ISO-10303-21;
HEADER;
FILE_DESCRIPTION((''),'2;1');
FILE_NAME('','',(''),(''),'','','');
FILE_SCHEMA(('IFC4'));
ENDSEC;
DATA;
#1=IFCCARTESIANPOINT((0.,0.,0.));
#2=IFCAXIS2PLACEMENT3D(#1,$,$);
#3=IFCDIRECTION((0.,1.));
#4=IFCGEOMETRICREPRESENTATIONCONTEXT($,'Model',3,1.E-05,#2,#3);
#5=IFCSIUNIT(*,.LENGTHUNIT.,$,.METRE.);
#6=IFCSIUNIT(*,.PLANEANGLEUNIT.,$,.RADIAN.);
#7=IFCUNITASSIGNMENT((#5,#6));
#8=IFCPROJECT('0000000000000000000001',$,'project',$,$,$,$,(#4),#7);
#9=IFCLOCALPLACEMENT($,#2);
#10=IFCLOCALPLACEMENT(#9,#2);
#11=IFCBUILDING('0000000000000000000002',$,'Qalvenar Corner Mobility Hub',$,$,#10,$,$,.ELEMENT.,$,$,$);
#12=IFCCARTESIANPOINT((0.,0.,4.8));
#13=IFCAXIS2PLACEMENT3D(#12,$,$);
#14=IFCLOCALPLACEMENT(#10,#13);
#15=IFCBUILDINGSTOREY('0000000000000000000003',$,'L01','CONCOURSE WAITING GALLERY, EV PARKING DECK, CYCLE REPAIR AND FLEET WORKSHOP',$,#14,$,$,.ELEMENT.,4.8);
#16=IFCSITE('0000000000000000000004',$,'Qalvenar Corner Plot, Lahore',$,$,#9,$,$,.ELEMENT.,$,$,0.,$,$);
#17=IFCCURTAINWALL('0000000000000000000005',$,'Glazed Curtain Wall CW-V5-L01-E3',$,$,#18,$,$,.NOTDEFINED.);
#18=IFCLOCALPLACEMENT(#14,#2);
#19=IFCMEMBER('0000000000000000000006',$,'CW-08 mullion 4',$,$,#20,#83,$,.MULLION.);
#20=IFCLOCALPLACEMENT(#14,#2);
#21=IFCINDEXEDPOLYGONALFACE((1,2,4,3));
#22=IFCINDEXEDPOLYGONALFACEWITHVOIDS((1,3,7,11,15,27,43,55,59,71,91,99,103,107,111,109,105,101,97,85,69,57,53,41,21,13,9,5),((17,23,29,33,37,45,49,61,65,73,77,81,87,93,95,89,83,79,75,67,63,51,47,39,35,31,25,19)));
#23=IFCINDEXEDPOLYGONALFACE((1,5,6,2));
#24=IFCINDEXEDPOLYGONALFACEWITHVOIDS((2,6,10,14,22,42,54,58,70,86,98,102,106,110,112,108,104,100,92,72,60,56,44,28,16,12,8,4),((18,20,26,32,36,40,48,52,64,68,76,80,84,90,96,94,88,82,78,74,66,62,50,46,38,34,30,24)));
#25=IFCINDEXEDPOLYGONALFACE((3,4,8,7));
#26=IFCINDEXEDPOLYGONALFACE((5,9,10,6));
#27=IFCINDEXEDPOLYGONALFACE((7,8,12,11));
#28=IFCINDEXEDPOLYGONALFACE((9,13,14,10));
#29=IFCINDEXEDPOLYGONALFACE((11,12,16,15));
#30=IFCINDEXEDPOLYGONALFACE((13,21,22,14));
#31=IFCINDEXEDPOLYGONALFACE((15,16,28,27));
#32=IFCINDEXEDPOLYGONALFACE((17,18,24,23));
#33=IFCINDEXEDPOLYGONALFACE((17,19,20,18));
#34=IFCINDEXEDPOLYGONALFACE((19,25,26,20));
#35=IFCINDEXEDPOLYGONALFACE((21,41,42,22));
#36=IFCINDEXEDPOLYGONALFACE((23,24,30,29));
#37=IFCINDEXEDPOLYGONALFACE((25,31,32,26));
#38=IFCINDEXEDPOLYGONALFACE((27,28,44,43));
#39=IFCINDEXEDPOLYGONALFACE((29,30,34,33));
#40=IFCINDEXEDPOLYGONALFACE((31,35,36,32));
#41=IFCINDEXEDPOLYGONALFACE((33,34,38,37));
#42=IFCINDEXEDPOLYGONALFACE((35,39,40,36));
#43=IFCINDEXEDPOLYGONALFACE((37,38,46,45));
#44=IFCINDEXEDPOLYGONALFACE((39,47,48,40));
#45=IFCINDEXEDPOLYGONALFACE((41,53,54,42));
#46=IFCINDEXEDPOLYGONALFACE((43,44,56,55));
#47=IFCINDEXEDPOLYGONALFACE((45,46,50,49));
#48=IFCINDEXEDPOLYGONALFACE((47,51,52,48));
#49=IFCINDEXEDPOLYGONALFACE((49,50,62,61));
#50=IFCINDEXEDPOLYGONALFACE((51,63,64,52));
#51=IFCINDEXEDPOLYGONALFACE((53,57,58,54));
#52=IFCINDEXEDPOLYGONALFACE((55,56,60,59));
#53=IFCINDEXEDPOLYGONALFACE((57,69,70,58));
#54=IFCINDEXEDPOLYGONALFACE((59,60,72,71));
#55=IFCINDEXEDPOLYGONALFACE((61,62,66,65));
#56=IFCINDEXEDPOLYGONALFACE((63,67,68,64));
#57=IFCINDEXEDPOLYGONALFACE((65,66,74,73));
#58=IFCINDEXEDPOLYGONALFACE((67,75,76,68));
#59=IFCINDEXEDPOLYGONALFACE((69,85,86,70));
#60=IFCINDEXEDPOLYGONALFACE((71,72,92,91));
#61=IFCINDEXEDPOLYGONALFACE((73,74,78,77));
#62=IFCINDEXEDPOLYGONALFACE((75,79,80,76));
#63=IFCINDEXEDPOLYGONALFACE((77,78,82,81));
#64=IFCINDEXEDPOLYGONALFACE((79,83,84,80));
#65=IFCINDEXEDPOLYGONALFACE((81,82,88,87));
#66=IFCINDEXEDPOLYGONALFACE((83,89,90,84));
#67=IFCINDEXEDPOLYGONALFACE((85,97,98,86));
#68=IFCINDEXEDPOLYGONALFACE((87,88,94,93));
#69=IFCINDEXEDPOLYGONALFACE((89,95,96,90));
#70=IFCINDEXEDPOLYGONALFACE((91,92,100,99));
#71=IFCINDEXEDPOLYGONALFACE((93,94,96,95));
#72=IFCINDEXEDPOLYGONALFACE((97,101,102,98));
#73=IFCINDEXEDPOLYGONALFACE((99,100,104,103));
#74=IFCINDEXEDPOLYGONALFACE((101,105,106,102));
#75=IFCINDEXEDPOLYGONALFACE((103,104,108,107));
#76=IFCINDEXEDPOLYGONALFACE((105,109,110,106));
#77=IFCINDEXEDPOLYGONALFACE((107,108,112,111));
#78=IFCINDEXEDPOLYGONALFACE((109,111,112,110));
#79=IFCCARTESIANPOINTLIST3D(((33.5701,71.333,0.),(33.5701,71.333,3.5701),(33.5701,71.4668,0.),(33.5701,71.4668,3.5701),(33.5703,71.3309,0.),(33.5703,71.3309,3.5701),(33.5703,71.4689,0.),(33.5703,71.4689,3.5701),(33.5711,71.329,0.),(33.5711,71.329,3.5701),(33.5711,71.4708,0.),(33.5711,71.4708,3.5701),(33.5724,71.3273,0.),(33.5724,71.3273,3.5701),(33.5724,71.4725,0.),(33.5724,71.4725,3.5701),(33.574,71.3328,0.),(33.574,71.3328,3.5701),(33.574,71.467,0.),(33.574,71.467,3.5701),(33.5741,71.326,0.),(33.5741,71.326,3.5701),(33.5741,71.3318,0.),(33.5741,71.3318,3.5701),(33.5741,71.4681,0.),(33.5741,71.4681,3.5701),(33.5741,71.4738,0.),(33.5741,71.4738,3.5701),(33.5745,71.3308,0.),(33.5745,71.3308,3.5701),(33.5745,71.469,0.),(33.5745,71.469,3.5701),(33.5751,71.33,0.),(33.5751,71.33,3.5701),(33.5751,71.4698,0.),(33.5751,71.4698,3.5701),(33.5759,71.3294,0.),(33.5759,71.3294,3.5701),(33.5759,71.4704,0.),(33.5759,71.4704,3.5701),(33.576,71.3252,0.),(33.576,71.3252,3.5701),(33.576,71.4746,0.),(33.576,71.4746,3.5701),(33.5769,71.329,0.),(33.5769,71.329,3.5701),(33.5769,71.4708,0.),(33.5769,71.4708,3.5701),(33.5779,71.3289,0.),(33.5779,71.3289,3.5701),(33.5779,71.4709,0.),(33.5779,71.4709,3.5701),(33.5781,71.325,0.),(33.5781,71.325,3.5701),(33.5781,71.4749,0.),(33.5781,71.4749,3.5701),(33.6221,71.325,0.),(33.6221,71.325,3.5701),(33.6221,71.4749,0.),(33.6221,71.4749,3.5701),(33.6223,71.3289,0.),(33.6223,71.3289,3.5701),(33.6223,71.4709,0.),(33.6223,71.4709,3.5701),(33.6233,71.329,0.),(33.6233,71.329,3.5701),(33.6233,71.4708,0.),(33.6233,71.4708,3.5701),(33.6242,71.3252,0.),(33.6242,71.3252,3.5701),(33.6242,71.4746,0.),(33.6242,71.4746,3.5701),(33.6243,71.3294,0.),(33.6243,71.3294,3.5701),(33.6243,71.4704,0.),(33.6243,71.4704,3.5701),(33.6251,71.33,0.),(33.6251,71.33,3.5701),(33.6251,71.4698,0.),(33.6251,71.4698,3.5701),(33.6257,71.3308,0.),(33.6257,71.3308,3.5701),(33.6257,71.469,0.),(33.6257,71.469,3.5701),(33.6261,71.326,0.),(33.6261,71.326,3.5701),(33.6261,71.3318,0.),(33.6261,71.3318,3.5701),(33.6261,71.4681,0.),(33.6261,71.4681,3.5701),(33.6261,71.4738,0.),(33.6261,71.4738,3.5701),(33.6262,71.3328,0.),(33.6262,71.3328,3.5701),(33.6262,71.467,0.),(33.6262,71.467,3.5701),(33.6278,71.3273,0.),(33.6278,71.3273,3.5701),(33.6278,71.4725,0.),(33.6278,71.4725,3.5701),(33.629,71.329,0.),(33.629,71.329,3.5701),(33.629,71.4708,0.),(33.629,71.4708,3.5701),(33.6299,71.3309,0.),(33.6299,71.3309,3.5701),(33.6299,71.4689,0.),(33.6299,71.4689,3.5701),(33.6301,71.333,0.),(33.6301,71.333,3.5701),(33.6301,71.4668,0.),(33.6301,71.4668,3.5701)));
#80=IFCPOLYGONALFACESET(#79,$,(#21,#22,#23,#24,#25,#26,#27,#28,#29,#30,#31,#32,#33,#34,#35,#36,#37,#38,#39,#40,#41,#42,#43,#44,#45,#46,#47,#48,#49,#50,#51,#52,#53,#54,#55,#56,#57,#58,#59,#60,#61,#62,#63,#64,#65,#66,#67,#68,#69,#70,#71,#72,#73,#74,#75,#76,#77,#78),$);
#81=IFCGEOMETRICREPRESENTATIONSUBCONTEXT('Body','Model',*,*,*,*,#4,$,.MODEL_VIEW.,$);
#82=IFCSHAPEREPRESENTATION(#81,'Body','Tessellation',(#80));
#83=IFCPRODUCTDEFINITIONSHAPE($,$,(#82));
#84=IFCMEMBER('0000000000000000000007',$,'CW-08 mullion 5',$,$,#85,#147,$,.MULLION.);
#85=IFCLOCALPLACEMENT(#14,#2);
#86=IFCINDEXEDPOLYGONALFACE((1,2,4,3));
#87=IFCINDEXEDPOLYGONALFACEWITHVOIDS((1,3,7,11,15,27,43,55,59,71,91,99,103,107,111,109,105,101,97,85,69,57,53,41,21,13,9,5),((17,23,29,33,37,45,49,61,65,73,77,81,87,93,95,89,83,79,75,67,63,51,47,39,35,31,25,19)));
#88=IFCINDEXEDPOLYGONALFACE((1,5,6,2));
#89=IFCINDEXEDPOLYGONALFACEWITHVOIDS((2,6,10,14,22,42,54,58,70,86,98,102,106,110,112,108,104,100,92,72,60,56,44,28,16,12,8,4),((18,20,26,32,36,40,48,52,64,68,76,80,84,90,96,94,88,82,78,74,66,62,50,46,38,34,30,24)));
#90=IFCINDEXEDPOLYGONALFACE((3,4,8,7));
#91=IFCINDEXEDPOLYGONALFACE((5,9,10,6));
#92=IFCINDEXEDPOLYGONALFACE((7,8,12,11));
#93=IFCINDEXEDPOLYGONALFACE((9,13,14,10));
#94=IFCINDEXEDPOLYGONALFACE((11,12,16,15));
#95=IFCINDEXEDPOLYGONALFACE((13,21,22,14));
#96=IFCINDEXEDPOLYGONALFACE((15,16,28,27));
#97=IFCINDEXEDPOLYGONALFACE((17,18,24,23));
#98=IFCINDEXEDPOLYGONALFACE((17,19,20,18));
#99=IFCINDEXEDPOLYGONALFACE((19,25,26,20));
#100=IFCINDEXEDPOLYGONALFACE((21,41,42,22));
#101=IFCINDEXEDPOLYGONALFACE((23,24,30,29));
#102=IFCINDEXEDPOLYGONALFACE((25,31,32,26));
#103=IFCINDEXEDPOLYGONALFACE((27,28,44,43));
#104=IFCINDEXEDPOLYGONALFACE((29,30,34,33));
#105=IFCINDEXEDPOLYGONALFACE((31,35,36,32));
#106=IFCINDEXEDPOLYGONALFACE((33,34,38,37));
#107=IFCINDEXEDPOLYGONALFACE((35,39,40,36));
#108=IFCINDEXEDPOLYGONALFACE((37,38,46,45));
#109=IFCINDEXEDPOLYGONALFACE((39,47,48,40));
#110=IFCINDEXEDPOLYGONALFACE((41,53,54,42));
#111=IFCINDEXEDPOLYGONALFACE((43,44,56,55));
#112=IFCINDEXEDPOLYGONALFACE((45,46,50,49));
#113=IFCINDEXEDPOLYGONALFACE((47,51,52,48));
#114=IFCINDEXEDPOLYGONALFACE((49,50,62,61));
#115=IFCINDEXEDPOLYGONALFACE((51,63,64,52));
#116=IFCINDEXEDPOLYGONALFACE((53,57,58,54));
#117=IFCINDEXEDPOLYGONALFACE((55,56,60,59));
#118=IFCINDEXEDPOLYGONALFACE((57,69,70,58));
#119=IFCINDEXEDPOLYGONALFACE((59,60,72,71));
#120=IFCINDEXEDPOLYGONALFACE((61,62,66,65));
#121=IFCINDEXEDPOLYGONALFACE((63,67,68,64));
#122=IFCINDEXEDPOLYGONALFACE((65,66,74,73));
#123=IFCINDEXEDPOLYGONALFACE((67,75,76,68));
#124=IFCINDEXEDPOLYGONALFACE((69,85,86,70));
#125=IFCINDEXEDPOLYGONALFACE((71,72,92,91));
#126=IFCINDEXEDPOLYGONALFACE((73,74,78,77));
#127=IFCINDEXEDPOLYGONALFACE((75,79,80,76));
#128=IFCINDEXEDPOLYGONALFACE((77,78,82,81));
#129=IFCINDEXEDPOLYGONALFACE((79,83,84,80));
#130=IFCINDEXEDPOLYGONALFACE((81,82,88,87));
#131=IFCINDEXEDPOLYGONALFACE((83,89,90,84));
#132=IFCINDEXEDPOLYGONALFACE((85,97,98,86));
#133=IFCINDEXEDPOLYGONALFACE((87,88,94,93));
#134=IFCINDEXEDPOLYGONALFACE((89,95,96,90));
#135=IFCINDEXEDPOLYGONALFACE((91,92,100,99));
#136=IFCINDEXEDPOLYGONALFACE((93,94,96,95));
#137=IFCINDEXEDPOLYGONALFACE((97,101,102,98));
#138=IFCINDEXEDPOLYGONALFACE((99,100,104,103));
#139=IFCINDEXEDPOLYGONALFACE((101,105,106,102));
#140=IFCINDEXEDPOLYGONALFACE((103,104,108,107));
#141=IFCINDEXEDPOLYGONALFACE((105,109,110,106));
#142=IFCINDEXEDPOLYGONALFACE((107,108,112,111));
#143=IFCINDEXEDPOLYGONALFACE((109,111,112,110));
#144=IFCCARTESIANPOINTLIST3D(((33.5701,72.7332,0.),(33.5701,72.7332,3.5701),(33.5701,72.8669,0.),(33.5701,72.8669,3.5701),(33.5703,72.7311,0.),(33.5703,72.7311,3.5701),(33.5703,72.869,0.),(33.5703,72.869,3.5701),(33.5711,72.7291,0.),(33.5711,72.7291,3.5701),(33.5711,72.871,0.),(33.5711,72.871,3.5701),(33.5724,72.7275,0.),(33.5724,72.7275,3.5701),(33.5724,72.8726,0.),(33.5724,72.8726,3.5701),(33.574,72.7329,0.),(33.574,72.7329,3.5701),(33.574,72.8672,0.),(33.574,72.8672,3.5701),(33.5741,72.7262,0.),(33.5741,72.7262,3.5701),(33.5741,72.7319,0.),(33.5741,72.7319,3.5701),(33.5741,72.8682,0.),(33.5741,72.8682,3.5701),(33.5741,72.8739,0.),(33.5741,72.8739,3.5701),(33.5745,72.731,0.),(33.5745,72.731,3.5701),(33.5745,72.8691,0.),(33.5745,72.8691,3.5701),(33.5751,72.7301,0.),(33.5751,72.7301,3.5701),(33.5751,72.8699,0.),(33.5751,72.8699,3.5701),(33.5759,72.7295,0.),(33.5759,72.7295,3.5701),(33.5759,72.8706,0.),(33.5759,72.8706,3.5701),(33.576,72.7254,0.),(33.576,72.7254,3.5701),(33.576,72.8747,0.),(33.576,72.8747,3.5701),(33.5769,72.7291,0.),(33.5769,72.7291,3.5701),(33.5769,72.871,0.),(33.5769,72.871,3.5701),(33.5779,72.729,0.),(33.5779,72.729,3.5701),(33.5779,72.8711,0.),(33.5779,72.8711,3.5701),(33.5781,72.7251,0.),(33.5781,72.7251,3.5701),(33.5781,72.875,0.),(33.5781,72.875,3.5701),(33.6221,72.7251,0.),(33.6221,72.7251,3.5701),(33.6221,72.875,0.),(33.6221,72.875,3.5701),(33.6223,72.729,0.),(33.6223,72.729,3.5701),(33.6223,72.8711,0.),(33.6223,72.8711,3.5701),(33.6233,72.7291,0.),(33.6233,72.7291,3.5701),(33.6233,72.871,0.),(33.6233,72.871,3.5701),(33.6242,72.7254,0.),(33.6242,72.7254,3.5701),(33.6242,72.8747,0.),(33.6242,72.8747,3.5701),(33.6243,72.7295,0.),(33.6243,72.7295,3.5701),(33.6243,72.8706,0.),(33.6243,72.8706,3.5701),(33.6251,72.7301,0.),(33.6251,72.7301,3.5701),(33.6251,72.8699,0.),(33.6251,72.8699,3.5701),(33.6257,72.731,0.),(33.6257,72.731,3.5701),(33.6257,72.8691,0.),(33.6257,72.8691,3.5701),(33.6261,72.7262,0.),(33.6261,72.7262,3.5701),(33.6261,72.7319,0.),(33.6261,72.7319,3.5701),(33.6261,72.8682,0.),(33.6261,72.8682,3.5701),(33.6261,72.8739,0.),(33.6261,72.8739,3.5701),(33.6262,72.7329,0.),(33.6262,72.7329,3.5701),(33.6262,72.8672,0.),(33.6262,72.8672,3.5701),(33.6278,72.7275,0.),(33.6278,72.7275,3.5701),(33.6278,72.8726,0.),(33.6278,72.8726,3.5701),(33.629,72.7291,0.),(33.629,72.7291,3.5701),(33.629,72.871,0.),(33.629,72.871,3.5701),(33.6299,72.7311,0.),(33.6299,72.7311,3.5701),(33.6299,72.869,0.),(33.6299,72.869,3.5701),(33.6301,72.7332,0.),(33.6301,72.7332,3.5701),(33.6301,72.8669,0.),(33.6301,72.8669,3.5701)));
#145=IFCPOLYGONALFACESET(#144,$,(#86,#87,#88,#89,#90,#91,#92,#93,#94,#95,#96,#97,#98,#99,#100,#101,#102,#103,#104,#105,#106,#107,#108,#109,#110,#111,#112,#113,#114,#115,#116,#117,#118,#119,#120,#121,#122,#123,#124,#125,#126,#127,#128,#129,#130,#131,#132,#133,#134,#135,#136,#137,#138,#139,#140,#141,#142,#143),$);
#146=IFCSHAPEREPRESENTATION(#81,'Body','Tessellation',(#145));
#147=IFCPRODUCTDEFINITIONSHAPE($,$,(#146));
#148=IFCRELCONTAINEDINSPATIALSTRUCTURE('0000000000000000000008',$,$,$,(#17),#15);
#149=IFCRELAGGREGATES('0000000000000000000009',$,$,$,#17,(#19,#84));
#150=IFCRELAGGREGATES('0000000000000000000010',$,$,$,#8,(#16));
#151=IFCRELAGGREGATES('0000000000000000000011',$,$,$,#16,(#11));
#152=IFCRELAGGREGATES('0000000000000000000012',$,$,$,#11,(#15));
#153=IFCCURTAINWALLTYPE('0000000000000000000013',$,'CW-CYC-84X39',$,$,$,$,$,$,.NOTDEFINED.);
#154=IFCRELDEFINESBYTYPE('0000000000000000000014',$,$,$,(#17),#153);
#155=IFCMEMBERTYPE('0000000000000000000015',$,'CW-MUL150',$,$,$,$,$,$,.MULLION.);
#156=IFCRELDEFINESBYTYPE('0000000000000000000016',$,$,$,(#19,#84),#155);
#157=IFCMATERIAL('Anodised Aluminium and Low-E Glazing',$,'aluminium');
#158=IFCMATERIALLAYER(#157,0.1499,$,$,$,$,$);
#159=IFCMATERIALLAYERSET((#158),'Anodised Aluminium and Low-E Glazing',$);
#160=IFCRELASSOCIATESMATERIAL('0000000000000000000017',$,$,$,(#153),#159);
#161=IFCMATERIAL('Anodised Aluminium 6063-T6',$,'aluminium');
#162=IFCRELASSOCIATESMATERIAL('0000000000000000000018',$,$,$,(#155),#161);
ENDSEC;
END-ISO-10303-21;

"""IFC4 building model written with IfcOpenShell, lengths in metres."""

from ifc_helpers import new_model, si_unit, direction, frame, origin, origin_2d, place, context, subcontext, project, spatial, hollow_rectangle, extrude, material, layer, layer_set, material_profile, profile_set, type_object, element, aggregate, save


model = new_model("IFC4")

# Units and contexts
model_context = context("Model", 3, precision=1e-05, world=origin(), true_north=direction((0.0, 1.0)))
body_context = subcontext(model_context, "Body", "Model", "MODEL_VIEW")
ifc_project = project(units=[si_unit("LENGTHUNIT", "METRE"), si_unit("PLANEANGLEUNIT", "RADIAN")], contexts=[model_context])

# Site, building, storey
site_placement = place(None, origin())
site = spatial("IfcSite", under=ifc_project, at=site_placement, Name="Qalvenar Corner Plot, Lahore", CompositionType="ELEMENT", RefElevation=0.0)
building_placement = place(site_placement, origin())
building = spatial("IfcBuilding", under=site, at=building_placement, Name="Qalvenar Corner Mobility Hub", CompositionType="ELEMENT")
storey_placement = place(building_placement, frame((0.0, 0.0, 4.8)))
storey = spatial("IfcBuildingStorey", under=building, at=storey_placement, Name="L01", Description="CONCOURSE WAITING GALLERY, EV PARKING DECK, CYCLE REPAIR AND FLEET WORKSHOP", CompositionType="ELEMENT", Elevation=4.8)

# Curtain wall, members
ifc_material_1 = material(Name="Anodised Aluminium and Low-E Glazing", Category="aluminium")
ifc_layer_1 = layer(ifc_material_1, 0.1499)
ifc_layer_set_1 = layer_set([ifc_layer_1], Name="Anodised Aluminium and Low-E Glazing")
curtain_wall_type = type_object("IfcCurtainWallType", Name="CW-CYC-84X39", PredefinedType="NOTDEFINED", material=ifc_layer_set_1)
curtain_wall_placement = place(storey_placement, origin())
curtain_wall = element("IfcCurtainWall", 1, at=curtain_wall_placement, inside=storey, type_object=curtain_wall_type, Name="Glazed Curtain Wall CW-V5-L01-E3", PredefinedType="NOTDEFINED")
ifc_material_2 = material(Name="Anodised Aluminium 6063-T6", Category="aluminium")
ifc_material_profile_1 = material_profile(ifc_material_2, hollow_rectangle(XDim=0.0601, YDim=0.1499, WallThickness=0.0039, InnerFilletRadius=0.0039, OuterFilletRadius=0.0081, at=origin_2d()), Name="RHS150x60x4")
ifc_profile_set_1 = profile_set([ifc_material_profile_1], Name="Anodised Aluminium 6063-T6")
member_type_1 = type_object("IfcMemberType", Name="CW-MUL150", PredefinedType="MULLION", material=ifc_profile_set_1)
member_1_placement = place(storey_placement, frame((33.6001, 71.3999, 0.0), z_axis=(0.0, 0.0, 1.0), x_axis=(-1.0, 0.0, 0.0)))
member_1 = element("IfcMember", 2, at=member_1_placement, type_object=member_type_1, Name="CW-08 mullion 4", PredefinedType="MULLION", context=body_context, shape_type="SweptSolid", body=[
    extrude(hollow_rectangle(XDim=0.0601, YDim=0.1499, WallThickness=0.0039, InnerFilletRadius=0.0039, OuterFilletRadius=0.0081, at=origin_2d()), origin(), (0.0, 0.0, 1.0), 3.5701),
])
member_2_placement = place(storey_placement, frame((33.6001, 72.8, 0.0), z_axis=(0.0, 0.0, 1.0), x_axis=(-1.0, 0.0, 0.0)))
member_2 = element("IfcMember", 3, at=member_2_placement, type_object=member_type_1, Name="CW-08 mullion 5", PredefinedType="MULLION", context=body_context, shape_type="SweptSolid", body=[
    extrude(hollow_rectangle(XDim=0.0601, YDim=0.1499, WallThickness=0.0039, InnerFilletRadius=0.0039, OuterFilletRadius=0.0081, at=origin_2d()), origin(), (0.0, 0.0, 1.0), 3.5701),
])
aggregate(curtain_wall, [member_1, member_2])

save(model, "model.ifc")
